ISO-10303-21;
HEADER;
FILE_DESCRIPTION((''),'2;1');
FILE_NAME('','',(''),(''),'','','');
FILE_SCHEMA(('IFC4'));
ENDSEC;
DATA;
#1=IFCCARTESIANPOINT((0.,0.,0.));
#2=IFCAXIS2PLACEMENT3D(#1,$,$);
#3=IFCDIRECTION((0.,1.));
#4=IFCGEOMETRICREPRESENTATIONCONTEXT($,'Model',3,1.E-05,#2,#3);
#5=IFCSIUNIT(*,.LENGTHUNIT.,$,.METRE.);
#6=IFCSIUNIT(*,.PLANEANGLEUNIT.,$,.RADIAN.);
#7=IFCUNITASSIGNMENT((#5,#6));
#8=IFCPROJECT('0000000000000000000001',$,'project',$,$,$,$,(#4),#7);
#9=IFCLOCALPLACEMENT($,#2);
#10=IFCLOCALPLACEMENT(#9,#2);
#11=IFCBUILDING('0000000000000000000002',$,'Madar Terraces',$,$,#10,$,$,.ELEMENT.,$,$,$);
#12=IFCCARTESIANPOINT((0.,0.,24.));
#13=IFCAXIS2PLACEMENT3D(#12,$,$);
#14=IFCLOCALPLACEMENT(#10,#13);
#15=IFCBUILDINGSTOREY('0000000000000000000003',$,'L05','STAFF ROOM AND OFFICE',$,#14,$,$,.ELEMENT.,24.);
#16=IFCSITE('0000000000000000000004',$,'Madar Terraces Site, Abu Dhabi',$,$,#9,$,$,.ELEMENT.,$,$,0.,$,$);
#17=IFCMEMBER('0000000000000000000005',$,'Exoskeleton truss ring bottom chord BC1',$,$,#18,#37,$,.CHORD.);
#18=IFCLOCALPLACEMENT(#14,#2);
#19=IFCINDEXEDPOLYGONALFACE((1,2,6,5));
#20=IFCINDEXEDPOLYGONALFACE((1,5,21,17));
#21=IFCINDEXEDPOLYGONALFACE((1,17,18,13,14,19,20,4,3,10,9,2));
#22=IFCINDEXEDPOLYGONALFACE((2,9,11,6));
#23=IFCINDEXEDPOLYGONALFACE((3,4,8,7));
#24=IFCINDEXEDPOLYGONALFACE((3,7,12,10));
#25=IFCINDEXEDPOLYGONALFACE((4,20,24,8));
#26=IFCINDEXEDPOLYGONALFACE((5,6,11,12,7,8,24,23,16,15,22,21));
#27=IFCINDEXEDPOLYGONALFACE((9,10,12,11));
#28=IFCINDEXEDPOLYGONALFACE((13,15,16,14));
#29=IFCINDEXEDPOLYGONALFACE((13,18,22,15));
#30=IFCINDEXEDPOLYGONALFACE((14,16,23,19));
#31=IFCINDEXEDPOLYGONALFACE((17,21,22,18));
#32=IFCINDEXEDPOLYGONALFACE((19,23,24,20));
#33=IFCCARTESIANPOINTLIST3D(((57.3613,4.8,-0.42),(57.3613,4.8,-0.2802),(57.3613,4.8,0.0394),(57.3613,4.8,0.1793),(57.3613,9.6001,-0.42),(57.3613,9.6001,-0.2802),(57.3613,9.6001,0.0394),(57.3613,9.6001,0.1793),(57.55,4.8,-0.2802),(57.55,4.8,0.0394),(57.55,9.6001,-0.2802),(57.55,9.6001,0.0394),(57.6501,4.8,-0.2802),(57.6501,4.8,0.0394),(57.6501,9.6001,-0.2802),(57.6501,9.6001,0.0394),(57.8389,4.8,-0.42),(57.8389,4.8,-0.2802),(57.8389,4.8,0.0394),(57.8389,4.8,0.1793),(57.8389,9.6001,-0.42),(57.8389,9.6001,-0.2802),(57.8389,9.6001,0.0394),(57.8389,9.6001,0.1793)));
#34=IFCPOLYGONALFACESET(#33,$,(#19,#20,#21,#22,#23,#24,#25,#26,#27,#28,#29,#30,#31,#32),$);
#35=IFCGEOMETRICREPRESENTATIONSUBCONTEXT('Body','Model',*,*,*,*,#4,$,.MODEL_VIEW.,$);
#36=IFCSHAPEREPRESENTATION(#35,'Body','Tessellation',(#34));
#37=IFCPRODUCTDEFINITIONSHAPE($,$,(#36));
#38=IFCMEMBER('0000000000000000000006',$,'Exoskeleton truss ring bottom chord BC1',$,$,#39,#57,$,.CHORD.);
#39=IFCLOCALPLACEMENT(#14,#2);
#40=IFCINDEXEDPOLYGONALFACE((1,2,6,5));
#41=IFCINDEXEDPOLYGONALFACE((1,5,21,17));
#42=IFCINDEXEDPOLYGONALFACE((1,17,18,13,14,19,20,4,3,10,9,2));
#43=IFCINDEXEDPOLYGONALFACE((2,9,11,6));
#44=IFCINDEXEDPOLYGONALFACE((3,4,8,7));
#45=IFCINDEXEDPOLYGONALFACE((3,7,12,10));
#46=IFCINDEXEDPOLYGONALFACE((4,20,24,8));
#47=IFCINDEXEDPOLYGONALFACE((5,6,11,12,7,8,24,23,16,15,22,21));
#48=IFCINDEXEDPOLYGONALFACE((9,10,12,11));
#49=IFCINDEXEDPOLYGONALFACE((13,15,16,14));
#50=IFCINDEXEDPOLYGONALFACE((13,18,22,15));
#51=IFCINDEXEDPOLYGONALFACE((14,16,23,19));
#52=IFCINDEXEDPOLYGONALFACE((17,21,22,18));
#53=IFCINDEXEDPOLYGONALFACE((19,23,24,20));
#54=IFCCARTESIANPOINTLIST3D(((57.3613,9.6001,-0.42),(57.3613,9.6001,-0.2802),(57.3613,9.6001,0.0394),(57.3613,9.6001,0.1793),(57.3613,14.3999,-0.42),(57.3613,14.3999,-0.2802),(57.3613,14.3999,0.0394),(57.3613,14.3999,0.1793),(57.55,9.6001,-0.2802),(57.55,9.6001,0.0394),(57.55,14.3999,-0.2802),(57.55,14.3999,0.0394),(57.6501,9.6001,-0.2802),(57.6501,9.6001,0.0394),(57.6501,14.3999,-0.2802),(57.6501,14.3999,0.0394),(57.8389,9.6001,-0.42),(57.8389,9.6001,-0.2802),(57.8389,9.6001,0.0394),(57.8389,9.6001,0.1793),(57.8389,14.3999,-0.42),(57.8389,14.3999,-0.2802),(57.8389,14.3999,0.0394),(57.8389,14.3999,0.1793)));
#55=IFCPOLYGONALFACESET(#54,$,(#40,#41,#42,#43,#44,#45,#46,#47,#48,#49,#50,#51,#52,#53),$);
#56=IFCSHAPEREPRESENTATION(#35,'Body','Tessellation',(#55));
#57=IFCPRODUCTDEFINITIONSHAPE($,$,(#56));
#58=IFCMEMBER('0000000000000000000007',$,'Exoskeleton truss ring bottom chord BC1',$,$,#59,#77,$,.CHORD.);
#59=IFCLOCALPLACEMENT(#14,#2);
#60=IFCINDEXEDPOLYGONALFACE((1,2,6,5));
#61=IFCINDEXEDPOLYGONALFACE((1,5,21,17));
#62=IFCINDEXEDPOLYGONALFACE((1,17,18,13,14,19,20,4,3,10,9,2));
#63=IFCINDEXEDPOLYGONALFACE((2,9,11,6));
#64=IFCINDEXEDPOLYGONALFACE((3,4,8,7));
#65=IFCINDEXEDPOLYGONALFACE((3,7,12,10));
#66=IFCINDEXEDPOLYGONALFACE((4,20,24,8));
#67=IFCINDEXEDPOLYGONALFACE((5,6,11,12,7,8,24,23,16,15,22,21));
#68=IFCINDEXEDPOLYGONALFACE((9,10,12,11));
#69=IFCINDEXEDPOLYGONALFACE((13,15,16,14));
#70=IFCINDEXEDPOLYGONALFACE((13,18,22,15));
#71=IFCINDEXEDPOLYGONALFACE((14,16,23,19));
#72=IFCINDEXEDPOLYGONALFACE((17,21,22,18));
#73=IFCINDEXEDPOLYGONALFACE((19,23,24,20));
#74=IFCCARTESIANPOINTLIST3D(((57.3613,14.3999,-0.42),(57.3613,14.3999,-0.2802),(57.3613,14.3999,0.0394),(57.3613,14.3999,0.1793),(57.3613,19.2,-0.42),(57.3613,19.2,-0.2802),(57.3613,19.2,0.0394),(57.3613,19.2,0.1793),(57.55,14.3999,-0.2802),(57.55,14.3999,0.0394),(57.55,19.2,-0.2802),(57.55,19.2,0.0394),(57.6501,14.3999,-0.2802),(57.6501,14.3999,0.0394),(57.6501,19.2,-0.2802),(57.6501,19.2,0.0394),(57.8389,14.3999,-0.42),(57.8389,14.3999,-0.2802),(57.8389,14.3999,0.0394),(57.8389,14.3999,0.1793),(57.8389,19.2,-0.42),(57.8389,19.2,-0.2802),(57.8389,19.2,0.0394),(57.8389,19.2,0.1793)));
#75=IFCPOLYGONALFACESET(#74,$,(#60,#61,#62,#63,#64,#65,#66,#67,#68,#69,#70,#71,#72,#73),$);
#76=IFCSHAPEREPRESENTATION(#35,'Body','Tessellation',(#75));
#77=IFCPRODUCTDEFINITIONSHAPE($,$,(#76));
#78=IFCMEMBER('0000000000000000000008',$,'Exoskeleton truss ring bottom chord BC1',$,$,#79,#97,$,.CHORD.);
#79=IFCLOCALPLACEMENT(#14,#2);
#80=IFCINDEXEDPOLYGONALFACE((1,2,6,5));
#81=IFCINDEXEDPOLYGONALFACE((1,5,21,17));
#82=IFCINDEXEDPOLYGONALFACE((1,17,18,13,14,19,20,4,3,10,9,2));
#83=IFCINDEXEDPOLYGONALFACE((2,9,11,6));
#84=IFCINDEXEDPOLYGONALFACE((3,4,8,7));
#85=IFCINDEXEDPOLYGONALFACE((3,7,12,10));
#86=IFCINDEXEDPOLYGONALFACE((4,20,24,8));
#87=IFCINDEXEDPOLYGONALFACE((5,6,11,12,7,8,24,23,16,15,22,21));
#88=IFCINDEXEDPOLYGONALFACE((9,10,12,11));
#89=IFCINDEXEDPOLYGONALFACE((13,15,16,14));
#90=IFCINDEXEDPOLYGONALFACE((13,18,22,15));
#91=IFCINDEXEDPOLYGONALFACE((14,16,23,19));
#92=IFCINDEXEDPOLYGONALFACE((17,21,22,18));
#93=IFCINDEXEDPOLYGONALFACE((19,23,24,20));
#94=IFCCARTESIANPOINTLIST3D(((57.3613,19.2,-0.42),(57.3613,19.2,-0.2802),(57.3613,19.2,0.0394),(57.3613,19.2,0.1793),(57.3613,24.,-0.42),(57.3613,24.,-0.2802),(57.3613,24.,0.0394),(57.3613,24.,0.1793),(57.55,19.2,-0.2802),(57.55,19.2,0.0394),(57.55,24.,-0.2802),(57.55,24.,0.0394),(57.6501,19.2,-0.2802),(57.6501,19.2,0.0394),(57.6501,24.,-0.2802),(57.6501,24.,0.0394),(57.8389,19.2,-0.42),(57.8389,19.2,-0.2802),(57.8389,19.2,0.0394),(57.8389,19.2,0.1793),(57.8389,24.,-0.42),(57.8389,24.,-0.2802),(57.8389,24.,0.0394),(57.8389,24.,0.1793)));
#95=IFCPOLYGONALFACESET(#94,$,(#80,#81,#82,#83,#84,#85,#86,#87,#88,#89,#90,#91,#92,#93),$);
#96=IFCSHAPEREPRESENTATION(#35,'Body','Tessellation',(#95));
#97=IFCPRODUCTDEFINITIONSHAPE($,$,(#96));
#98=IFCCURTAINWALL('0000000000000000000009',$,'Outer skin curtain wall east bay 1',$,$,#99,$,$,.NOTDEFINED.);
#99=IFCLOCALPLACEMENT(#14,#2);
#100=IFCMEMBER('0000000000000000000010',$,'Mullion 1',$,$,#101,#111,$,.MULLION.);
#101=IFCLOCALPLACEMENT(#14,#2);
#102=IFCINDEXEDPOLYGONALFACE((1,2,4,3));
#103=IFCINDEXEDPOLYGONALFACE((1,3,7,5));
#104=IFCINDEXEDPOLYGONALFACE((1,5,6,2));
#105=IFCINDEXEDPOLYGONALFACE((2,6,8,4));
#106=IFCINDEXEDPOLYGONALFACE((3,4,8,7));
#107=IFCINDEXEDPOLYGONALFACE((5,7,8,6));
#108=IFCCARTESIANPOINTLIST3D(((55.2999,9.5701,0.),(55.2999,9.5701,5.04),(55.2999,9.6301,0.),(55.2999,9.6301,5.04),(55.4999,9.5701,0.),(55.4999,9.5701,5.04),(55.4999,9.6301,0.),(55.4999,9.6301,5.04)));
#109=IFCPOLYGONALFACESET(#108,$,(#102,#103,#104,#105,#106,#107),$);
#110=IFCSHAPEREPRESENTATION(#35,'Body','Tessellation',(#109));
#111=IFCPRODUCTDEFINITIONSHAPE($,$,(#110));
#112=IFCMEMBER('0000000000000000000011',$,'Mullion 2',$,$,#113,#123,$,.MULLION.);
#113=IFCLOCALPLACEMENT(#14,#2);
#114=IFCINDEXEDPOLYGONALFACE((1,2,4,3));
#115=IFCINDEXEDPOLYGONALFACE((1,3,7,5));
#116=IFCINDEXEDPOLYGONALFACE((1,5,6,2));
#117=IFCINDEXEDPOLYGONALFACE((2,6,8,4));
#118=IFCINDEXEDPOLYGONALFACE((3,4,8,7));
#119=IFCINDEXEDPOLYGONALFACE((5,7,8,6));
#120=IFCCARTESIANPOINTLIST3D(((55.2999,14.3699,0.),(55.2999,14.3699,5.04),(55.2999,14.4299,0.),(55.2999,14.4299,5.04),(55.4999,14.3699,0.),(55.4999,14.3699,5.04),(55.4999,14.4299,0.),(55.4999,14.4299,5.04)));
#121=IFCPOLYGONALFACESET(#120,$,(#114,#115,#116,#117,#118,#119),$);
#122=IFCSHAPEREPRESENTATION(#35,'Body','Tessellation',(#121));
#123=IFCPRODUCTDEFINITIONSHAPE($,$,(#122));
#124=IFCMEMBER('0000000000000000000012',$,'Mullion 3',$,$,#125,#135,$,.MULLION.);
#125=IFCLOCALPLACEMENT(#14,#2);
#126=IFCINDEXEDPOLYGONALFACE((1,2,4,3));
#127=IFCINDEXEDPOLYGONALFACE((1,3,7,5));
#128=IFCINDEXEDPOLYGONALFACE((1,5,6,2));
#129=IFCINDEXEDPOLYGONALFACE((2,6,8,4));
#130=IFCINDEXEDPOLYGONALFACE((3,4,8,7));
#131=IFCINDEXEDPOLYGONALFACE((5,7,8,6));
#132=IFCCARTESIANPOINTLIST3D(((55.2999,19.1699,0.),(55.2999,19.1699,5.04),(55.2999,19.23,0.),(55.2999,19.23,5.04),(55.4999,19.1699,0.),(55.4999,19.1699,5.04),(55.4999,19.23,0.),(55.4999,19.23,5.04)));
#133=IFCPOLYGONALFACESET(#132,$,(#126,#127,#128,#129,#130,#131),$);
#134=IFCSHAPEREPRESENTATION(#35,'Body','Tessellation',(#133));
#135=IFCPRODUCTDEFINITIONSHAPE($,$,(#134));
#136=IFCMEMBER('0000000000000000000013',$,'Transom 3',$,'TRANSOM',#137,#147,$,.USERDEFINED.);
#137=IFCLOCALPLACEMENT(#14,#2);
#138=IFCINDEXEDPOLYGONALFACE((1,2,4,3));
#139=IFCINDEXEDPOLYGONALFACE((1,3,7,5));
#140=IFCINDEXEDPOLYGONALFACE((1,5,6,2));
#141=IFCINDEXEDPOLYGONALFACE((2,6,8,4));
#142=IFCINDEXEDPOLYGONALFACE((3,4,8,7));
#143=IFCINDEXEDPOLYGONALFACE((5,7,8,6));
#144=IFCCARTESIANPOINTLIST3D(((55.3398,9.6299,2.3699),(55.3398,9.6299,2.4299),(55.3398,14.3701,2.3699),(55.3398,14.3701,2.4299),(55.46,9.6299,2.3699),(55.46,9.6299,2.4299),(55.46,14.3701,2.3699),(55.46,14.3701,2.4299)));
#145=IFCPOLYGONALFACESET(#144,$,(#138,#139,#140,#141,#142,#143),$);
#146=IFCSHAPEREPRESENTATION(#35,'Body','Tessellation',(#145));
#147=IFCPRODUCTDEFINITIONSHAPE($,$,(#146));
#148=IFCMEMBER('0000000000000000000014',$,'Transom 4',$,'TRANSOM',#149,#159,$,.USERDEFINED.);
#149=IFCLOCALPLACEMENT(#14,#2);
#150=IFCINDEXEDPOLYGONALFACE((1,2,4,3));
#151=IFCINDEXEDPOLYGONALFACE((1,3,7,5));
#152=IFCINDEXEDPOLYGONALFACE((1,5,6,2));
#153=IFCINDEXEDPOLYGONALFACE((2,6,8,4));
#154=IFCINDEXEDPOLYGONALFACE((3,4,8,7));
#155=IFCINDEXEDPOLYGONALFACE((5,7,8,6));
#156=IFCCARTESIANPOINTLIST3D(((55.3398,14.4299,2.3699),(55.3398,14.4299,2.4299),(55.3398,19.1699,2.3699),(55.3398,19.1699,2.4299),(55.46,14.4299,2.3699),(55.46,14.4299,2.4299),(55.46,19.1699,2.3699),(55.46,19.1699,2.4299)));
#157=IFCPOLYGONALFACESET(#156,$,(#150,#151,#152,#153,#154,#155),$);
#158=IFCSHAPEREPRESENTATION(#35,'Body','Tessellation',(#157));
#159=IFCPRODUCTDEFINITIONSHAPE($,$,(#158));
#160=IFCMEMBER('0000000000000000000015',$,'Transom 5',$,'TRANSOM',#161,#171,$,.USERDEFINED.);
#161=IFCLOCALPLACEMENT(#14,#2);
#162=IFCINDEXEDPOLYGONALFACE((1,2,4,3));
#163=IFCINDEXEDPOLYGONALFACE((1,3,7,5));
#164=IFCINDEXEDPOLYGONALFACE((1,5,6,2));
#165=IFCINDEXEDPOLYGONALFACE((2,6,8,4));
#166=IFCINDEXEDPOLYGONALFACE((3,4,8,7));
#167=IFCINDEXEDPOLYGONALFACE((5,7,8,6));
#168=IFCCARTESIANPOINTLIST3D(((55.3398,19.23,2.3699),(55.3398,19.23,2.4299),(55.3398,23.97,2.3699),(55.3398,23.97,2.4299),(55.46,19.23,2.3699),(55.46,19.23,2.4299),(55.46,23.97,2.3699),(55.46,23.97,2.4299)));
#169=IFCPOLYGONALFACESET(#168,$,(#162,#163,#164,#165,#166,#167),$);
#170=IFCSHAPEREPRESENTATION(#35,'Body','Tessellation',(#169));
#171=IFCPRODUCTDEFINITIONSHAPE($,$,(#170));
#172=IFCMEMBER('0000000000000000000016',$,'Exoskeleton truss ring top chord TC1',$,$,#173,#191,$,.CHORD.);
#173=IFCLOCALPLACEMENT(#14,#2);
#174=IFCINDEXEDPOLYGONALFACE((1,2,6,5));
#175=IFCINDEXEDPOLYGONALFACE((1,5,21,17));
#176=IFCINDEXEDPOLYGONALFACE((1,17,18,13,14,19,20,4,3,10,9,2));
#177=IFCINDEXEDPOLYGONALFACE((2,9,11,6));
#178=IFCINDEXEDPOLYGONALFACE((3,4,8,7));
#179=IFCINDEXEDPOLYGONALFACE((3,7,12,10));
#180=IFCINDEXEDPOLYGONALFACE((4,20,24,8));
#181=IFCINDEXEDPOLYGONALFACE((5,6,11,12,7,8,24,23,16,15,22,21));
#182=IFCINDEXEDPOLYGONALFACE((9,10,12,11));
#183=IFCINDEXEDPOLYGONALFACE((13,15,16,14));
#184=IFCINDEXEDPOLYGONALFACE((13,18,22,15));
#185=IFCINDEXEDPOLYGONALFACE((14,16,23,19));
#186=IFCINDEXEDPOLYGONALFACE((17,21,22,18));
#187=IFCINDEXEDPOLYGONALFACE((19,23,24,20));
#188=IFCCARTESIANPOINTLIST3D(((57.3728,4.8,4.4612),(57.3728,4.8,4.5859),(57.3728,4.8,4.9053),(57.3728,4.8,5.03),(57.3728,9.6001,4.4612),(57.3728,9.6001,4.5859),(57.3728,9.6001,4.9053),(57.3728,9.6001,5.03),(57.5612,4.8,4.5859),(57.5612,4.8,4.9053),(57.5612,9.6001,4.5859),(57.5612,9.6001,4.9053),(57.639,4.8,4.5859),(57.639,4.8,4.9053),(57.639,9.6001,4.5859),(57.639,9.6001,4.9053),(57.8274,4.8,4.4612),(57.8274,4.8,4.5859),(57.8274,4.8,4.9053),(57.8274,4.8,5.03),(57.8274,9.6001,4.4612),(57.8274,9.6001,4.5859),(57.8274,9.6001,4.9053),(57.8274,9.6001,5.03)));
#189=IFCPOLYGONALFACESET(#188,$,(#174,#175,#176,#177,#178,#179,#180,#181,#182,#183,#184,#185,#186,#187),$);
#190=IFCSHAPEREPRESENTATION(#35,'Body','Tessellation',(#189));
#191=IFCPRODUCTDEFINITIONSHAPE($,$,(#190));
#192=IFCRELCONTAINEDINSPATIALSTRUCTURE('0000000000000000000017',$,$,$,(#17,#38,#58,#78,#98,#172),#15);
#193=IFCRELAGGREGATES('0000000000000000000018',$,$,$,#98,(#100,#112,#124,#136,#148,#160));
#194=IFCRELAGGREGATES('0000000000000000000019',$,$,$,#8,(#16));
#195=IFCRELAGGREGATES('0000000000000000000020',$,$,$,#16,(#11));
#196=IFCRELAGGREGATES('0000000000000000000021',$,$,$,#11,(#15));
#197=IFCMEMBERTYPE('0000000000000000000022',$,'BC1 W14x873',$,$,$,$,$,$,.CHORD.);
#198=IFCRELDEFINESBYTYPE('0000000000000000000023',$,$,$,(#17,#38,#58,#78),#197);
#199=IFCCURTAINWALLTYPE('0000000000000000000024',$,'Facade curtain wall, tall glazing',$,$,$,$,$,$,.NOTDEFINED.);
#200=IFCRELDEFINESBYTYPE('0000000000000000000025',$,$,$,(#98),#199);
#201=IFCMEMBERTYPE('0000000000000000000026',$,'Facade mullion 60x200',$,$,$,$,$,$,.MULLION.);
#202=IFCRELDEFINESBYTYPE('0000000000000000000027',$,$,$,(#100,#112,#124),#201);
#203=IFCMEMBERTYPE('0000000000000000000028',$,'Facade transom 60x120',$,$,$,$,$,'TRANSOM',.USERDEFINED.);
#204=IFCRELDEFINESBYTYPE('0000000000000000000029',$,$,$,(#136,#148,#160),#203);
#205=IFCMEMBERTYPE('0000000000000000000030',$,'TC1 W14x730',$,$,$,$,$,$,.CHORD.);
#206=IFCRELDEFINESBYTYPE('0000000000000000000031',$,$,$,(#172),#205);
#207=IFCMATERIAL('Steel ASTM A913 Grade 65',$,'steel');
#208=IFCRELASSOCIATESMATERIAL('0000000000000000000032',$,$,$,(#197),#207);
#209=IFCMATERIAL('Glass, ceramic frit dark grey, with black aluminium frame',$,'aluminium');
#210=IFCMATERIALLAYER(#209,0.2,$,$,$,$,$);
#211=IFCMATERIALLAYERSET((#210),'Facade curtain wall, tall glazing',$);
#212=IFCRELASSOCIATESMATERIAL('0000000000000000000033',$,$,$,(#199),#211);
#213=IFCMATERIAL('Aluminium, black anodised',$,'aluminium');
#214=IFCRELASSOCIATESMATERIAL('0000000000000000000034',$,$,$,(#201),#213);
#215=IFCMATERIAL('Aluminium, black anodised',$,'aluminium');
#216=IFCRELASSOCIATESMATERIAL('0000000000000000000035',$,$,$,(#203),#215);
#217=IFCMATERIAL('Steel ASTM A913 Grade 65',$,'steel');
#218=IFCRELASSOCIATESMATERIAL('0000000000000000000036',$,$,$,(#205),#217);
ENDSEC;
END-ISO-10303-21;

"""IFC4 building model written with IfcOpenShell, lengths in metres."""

from ifc_helpers import new_model, si_unit, direction, frame, origin, origin_2d, place, context, subcontext, project, spatial, rectangle, i_section, extrude, material, layer, layer_set, material_profile, profile_set, type_object, element, aggregate, save


model = new_model("IFC4")

# Units and contexts
model_context = context("Model", 3, precision=1e-05, world=origin(), true_north=direction((0.0, 1.0)))
body_context = subcontext(model_context, "Body", "Model", "MODEL_VIEW")
ifc_project = project(units=[si_unit("LENGTHUNIT", "METRE"), si_unit("PLANEANGLEUNIT", "RADIAN")], contexts=[model_context])

# Site, building, storey
site_placement = place(None, origin())
site = spatial("IfcSite", under=ifc_project, at=site_placement, Name="Madar Terraces Site, Abu Dhabi", CompositionType="ELEMENT", RefElevation=0.0)
building_placement = place(site_placement, origin())
building = spatial("IfcBuilding", under=site, at=building_placement, Name="Madar Terraces", CompositionType="ELEMENT")
storey_placement = place(building_placement, frame((0.0, 0.0, 24.0)))
storey = spatial("IfcBuildingStorey", under=building, at=storey_placement, Name="L05", Description="STAFF ROOM AND OFFICE", CompositionType="ELEMENT", Elevation=24.0)

# Members
ifc_material_1 = material(Name="Steel ASTM A913 Grade 65", Category="steel")
ifc_material_profile_1 = material_profile(ifc_material_1, i_section(OverallWidth=0.4775, OverallDepth=0.5994, WebThickness=0.1001, FlangeThickness=0.1399, at=origin_2d()), Name="W14x873")
ifc_profile_set_1 = profile_set([ifc_material_profile_1], Name="Steel ASTM A913 Grade 65")
member_type_1 = type_object("IfcMemberType", Name="BC1 W14x873", PredefinedType="CHORD", material=ifc_profile_set_1)
member_1_placement = place(storey_placement, frame((57.6001, 4.8, -0.1204), z_axis=(0.0, 1.0, 0.0), x_axis=(-1.0, 0.0, 0.0)))
element("IfcMember", 1, at=member_1_placement, inside=storey, type_object=member_type_1, Name="Exoskeleton truss ring bottom chord BC1", PredefinedType="CHORD", context=body_context, shape_type="SweptSolid", body=[
    extrude(i_section(OverallWidth=0.4775, OverallDepth=0.5994, WebThickness=0.1001, FlangeThickness=0.1399, at=origin_2d()), origin(), (0.0, 0.0, 1.0), 4.8),
])
member_2_placement = place(storey_placement, frame((57.6001, 9.6001, -0.1204), z_axis=(0.0, 1.0, 0.0), x_axis=(-1.0, 0.0, 0.0)))
element("IfcMember", 2, at=member_2_placement, inside=storey, type_object=member_type_1, Name="Exoskeleton truss ring bottom chord BC1", PredefinedType="CHORD", context=body_context, shape_type="SweptSolid", body=[
    extrude(i_section(OverallWidth=0.4775, OverallDepth=0.5994, WebThickness=0.1001, FlangeThickness=0.1399, at=origin_2d()), origin(), (0.0, 0.0, 1.0), 4.7998),
])
for number, where, z_axis, x_axis, name in (
    (3, (57.6001, 14.3999, -0.1204), (0.0, 1.0, 0.0), (-1.0, 0.0, 0.0), "Exoskeleton truss ring bottom chord BC1"),
    (4, (57.6001, 19.2, -0.1204), (0.0, 1.0, 0.0), (-1.0, 0.0, 0.0), "Exoskeleton truss ring bottom chord BC1"),
):
    element("IfcMember", number, at=place(storey_placement, frame(where, z_axis=z_axis, x_axis=x_axis)), inside=storey, type_object=member_type_1, Name=name, PredefinedType="CHORD", context=body_context, shape_type="SweptSolid", body=[
        extrude(i_section(OverallWidth=0.4775, OverallDepth=0.5994, WebThickness=0.1001, FlangeThickness=0.1399, at=origin_2d()), origin(), (0.0, 0.0, 1.0), 4.8),
    ])

# Curtain wall, members
ifc_material_2 = material(Name="Glass, ceramic frit dark grey, with black aluminium frame", Category="aluminium")
ifc_layer_1 = layer(ifc_material_2, 0.2)
ifc_layer_set_1 = layer_set([ifc_layer_1], Name="Facade curtain wall, tall glazing")
curtain_wall_type = type_object("IfcCurtainWallType", Name="Facade curtain wall, tall glazing", PredefinedType="NOTDEFINED", material=ifc_layer_set_1)
curtain_wall_placement = place(storey_placement, origin())
curtain_wall = element("IfcCurtainWall", 5, at=curtain_wall_placement, inside=storey, type_object=curtain_wall_type, Name="Outer skin curtain wall east bay 1", PredefinedType="NOTDEFINED")
ifc_material_3 = material(Name="Aluminium, black anodised", Category="aluminium")
ifc_material_profile_2 = material_profile(ifc_material_3, rectangle(XDim=0.2, YDim=0.0601, at=origin_2d()), Name="Facade mullion 60x200")
ifc_profile_set_2 = profile_set([ifc_material_profile_2], Name="Aluminium, black anodised")
member_type_2 = type_object("IfcMemberType", Name="Facade mullion 60x200", PredefinedType="MULLION", material=ifc_profile_set_2)
member_3_placement = place(storey_placement, frame((55.3999, 9.6001, 0.0), z_axis=(0.0, 0.0, 1.0), x_axis=(-1.0, 0.0, 0.0)))
member_3 = element("IfcMember", 6, at=member_3_placement, type_object=member_type_2, Name="Mullion 1", PredefinedType="MULLION", context=body_context, shape_type="SweptSolid", body=[
    extrude(rectangle(XDim=0.2, YDim=0.0601, at=origin_2d()), origin(), (0.0, 0.0, 1.0), 5.04),
])
member_4_placement = place(storey_placement, frame((55.3999, 14.3999, 0.0), z_axis=(0.0, 0.0, 1.0), x_axis=(-1.0, 0.0, 0.0)))
member_4 = element("IfcMember", 7, at=member_4_placement, type_object=member_type_2, Name="Mullion 2", PredefinedType="MULLION", context=body_context, shape_type="SweptSolid", body=[
    extrude(rectangle(XDim=0.2, YDim=0.0601, at=origin_2d()), origin(), (0.0, 0.0, 1.0), 5.04),
])
member_5_placement = place(storey_placement, frame((55.3999, 19.2, 0.0), z_axis=(0.0, 0.0, 1.0), x_axis=(-1.0, 0.0, 0.0)))
member_5 = element("IfcMember", 8, at=member_5_placement, type_object=member_type_2, Name="Mullion 3", PredefinedType="MULLION", context=body_context, shape_type="SweptSolid", body=[
    extrude(rectangle(XDim=0.2, YDim=0.0601, at=origin_2d()), origin(), (0.0, 0.0, 1.0), 5.04),
])
ifc_material_4 = material(Name="Aluminium, black anodised", Category="aluminium")
ifc_material_profile_3 = material_profile(ifc_material_4, rectangle(XDim=0.1201, YDim=0.0601, at=origin_2d()), Name="Facade transom 60x120")
ifc_profile_set_3 = profile_set([ifc_material_profile_3], Name="Aluminium, black anodised")
member_type_3 = type_object("IfcMemberType", Name="Facade transom 60x120", ElementType="TRANSOM", PredefinedType="USERDEFINED", material=ifc_profile_set_3)
member_6_placement = place(storey_placement, frame((55.3999, 9.6299, 2.3999), z_axis=(0.0, 1.0, 0.0), x_axis=(-1.0, 0.0, 0.0)))
member_6 = element("IfcMember", 9, at=member_6_placement, type_object=member_type_3, Name="Transom 3", ObjectType="TRANSOM", PredefinedType="USERDEFINED", context=body_context, shape_type="SweptSolid", body=[
    extrude(rectangle(XDim=0.1201, YDim=0.0601, at=origin_2d()), origin(), (0.0, 0.0, 1.0), 4.7402),
])
member_7_placement = place(storey_placement, frame((55.3999, 14.4299, 2.3999), z_axis=(0.0, 1.0, 0.0), x_axis=(-1.0, 0.0, 0.0)))
member_7 = element("IfcMember", 10, at=member_7_placement, type_object=member_type_3, Name="Transom 4", ObjectType="TRANSOM", PredefinedType="USERDEFINED", context=body_context, shape_type="SweptSolid", body=[
    extrude(rectangle(XDim=0.1201, YDim=0.0601, at=origin_2d()), origin(), (0.0, 0.0, 1.0), 4.74),
])
member_8_placement = place(storey_placement, frame((55.3999, 19.23, 2.3999), z_axis=(0.0, 1.0, 0.0), x_axis=(-1.0, 0.0, 0.0)))
member_8 = element("IfcMember", 11, at=member_8_placement, type_object=member_type_3, Name="Transom 5", ObjectType="TRANSOM", PredefinedType="USERDEFINED", context=body_context, shape_type="SweptSolid", body=[
    extrude(rectangle(XDim=0.1201, YDim=0.0601, at=origin_2d()), origin(), (0.0, 0.0, 1.0), 4.74),
])

# Member
ifc_material_5 = material(Name="Steel ASTM A913 Grade 65", Category="steel")
ifc_material_profile_4 = material_profile(ifc_material_5, i_section(OverallWidth=0.4546, OverallDepth=0.5688, WebThickness=0.0779, FlangeThickness=0.1248, at=origin_2d()), Name="W14x730")
ifc_profile_set_4 = profile_set([ifc_material_profile_4], Name="Steel ASTM A913 Grade 65")
member_type_4 = type_object("IfcMemberType", Name="TC1 W14x730", PredefinedType="CHORD", material=ifc_profile_set_4)
member_9_placement = place(storey_placement, frame((57.6001, 4.8, 4.7456), z_axis=(0.0, 1.0, 0.0), x_axis=(-1.0, 0.0, 0.0)))
element("IfcMember", 12, at=member_9_placement, inside=storey, type_object=member_type_4, Name="Exoskeleton truss ring top chord TC1", PredefinedType="CHORD", context=body_context, shape_type="SweptSolid", body=[
    extrude(i_section(OverallWidth=0.4546, OverallDepth=0.5688, WebThickness=0.0779, FlangeThickness=0.1248, at=origin_2d()), origin(), (0.0, 0.0, 1.0), 4.8),
])

aggregate(curtain_wall, [member_3, member_4, member_5, member_6, member_7, member_8])

save(model, "model.ifc")
